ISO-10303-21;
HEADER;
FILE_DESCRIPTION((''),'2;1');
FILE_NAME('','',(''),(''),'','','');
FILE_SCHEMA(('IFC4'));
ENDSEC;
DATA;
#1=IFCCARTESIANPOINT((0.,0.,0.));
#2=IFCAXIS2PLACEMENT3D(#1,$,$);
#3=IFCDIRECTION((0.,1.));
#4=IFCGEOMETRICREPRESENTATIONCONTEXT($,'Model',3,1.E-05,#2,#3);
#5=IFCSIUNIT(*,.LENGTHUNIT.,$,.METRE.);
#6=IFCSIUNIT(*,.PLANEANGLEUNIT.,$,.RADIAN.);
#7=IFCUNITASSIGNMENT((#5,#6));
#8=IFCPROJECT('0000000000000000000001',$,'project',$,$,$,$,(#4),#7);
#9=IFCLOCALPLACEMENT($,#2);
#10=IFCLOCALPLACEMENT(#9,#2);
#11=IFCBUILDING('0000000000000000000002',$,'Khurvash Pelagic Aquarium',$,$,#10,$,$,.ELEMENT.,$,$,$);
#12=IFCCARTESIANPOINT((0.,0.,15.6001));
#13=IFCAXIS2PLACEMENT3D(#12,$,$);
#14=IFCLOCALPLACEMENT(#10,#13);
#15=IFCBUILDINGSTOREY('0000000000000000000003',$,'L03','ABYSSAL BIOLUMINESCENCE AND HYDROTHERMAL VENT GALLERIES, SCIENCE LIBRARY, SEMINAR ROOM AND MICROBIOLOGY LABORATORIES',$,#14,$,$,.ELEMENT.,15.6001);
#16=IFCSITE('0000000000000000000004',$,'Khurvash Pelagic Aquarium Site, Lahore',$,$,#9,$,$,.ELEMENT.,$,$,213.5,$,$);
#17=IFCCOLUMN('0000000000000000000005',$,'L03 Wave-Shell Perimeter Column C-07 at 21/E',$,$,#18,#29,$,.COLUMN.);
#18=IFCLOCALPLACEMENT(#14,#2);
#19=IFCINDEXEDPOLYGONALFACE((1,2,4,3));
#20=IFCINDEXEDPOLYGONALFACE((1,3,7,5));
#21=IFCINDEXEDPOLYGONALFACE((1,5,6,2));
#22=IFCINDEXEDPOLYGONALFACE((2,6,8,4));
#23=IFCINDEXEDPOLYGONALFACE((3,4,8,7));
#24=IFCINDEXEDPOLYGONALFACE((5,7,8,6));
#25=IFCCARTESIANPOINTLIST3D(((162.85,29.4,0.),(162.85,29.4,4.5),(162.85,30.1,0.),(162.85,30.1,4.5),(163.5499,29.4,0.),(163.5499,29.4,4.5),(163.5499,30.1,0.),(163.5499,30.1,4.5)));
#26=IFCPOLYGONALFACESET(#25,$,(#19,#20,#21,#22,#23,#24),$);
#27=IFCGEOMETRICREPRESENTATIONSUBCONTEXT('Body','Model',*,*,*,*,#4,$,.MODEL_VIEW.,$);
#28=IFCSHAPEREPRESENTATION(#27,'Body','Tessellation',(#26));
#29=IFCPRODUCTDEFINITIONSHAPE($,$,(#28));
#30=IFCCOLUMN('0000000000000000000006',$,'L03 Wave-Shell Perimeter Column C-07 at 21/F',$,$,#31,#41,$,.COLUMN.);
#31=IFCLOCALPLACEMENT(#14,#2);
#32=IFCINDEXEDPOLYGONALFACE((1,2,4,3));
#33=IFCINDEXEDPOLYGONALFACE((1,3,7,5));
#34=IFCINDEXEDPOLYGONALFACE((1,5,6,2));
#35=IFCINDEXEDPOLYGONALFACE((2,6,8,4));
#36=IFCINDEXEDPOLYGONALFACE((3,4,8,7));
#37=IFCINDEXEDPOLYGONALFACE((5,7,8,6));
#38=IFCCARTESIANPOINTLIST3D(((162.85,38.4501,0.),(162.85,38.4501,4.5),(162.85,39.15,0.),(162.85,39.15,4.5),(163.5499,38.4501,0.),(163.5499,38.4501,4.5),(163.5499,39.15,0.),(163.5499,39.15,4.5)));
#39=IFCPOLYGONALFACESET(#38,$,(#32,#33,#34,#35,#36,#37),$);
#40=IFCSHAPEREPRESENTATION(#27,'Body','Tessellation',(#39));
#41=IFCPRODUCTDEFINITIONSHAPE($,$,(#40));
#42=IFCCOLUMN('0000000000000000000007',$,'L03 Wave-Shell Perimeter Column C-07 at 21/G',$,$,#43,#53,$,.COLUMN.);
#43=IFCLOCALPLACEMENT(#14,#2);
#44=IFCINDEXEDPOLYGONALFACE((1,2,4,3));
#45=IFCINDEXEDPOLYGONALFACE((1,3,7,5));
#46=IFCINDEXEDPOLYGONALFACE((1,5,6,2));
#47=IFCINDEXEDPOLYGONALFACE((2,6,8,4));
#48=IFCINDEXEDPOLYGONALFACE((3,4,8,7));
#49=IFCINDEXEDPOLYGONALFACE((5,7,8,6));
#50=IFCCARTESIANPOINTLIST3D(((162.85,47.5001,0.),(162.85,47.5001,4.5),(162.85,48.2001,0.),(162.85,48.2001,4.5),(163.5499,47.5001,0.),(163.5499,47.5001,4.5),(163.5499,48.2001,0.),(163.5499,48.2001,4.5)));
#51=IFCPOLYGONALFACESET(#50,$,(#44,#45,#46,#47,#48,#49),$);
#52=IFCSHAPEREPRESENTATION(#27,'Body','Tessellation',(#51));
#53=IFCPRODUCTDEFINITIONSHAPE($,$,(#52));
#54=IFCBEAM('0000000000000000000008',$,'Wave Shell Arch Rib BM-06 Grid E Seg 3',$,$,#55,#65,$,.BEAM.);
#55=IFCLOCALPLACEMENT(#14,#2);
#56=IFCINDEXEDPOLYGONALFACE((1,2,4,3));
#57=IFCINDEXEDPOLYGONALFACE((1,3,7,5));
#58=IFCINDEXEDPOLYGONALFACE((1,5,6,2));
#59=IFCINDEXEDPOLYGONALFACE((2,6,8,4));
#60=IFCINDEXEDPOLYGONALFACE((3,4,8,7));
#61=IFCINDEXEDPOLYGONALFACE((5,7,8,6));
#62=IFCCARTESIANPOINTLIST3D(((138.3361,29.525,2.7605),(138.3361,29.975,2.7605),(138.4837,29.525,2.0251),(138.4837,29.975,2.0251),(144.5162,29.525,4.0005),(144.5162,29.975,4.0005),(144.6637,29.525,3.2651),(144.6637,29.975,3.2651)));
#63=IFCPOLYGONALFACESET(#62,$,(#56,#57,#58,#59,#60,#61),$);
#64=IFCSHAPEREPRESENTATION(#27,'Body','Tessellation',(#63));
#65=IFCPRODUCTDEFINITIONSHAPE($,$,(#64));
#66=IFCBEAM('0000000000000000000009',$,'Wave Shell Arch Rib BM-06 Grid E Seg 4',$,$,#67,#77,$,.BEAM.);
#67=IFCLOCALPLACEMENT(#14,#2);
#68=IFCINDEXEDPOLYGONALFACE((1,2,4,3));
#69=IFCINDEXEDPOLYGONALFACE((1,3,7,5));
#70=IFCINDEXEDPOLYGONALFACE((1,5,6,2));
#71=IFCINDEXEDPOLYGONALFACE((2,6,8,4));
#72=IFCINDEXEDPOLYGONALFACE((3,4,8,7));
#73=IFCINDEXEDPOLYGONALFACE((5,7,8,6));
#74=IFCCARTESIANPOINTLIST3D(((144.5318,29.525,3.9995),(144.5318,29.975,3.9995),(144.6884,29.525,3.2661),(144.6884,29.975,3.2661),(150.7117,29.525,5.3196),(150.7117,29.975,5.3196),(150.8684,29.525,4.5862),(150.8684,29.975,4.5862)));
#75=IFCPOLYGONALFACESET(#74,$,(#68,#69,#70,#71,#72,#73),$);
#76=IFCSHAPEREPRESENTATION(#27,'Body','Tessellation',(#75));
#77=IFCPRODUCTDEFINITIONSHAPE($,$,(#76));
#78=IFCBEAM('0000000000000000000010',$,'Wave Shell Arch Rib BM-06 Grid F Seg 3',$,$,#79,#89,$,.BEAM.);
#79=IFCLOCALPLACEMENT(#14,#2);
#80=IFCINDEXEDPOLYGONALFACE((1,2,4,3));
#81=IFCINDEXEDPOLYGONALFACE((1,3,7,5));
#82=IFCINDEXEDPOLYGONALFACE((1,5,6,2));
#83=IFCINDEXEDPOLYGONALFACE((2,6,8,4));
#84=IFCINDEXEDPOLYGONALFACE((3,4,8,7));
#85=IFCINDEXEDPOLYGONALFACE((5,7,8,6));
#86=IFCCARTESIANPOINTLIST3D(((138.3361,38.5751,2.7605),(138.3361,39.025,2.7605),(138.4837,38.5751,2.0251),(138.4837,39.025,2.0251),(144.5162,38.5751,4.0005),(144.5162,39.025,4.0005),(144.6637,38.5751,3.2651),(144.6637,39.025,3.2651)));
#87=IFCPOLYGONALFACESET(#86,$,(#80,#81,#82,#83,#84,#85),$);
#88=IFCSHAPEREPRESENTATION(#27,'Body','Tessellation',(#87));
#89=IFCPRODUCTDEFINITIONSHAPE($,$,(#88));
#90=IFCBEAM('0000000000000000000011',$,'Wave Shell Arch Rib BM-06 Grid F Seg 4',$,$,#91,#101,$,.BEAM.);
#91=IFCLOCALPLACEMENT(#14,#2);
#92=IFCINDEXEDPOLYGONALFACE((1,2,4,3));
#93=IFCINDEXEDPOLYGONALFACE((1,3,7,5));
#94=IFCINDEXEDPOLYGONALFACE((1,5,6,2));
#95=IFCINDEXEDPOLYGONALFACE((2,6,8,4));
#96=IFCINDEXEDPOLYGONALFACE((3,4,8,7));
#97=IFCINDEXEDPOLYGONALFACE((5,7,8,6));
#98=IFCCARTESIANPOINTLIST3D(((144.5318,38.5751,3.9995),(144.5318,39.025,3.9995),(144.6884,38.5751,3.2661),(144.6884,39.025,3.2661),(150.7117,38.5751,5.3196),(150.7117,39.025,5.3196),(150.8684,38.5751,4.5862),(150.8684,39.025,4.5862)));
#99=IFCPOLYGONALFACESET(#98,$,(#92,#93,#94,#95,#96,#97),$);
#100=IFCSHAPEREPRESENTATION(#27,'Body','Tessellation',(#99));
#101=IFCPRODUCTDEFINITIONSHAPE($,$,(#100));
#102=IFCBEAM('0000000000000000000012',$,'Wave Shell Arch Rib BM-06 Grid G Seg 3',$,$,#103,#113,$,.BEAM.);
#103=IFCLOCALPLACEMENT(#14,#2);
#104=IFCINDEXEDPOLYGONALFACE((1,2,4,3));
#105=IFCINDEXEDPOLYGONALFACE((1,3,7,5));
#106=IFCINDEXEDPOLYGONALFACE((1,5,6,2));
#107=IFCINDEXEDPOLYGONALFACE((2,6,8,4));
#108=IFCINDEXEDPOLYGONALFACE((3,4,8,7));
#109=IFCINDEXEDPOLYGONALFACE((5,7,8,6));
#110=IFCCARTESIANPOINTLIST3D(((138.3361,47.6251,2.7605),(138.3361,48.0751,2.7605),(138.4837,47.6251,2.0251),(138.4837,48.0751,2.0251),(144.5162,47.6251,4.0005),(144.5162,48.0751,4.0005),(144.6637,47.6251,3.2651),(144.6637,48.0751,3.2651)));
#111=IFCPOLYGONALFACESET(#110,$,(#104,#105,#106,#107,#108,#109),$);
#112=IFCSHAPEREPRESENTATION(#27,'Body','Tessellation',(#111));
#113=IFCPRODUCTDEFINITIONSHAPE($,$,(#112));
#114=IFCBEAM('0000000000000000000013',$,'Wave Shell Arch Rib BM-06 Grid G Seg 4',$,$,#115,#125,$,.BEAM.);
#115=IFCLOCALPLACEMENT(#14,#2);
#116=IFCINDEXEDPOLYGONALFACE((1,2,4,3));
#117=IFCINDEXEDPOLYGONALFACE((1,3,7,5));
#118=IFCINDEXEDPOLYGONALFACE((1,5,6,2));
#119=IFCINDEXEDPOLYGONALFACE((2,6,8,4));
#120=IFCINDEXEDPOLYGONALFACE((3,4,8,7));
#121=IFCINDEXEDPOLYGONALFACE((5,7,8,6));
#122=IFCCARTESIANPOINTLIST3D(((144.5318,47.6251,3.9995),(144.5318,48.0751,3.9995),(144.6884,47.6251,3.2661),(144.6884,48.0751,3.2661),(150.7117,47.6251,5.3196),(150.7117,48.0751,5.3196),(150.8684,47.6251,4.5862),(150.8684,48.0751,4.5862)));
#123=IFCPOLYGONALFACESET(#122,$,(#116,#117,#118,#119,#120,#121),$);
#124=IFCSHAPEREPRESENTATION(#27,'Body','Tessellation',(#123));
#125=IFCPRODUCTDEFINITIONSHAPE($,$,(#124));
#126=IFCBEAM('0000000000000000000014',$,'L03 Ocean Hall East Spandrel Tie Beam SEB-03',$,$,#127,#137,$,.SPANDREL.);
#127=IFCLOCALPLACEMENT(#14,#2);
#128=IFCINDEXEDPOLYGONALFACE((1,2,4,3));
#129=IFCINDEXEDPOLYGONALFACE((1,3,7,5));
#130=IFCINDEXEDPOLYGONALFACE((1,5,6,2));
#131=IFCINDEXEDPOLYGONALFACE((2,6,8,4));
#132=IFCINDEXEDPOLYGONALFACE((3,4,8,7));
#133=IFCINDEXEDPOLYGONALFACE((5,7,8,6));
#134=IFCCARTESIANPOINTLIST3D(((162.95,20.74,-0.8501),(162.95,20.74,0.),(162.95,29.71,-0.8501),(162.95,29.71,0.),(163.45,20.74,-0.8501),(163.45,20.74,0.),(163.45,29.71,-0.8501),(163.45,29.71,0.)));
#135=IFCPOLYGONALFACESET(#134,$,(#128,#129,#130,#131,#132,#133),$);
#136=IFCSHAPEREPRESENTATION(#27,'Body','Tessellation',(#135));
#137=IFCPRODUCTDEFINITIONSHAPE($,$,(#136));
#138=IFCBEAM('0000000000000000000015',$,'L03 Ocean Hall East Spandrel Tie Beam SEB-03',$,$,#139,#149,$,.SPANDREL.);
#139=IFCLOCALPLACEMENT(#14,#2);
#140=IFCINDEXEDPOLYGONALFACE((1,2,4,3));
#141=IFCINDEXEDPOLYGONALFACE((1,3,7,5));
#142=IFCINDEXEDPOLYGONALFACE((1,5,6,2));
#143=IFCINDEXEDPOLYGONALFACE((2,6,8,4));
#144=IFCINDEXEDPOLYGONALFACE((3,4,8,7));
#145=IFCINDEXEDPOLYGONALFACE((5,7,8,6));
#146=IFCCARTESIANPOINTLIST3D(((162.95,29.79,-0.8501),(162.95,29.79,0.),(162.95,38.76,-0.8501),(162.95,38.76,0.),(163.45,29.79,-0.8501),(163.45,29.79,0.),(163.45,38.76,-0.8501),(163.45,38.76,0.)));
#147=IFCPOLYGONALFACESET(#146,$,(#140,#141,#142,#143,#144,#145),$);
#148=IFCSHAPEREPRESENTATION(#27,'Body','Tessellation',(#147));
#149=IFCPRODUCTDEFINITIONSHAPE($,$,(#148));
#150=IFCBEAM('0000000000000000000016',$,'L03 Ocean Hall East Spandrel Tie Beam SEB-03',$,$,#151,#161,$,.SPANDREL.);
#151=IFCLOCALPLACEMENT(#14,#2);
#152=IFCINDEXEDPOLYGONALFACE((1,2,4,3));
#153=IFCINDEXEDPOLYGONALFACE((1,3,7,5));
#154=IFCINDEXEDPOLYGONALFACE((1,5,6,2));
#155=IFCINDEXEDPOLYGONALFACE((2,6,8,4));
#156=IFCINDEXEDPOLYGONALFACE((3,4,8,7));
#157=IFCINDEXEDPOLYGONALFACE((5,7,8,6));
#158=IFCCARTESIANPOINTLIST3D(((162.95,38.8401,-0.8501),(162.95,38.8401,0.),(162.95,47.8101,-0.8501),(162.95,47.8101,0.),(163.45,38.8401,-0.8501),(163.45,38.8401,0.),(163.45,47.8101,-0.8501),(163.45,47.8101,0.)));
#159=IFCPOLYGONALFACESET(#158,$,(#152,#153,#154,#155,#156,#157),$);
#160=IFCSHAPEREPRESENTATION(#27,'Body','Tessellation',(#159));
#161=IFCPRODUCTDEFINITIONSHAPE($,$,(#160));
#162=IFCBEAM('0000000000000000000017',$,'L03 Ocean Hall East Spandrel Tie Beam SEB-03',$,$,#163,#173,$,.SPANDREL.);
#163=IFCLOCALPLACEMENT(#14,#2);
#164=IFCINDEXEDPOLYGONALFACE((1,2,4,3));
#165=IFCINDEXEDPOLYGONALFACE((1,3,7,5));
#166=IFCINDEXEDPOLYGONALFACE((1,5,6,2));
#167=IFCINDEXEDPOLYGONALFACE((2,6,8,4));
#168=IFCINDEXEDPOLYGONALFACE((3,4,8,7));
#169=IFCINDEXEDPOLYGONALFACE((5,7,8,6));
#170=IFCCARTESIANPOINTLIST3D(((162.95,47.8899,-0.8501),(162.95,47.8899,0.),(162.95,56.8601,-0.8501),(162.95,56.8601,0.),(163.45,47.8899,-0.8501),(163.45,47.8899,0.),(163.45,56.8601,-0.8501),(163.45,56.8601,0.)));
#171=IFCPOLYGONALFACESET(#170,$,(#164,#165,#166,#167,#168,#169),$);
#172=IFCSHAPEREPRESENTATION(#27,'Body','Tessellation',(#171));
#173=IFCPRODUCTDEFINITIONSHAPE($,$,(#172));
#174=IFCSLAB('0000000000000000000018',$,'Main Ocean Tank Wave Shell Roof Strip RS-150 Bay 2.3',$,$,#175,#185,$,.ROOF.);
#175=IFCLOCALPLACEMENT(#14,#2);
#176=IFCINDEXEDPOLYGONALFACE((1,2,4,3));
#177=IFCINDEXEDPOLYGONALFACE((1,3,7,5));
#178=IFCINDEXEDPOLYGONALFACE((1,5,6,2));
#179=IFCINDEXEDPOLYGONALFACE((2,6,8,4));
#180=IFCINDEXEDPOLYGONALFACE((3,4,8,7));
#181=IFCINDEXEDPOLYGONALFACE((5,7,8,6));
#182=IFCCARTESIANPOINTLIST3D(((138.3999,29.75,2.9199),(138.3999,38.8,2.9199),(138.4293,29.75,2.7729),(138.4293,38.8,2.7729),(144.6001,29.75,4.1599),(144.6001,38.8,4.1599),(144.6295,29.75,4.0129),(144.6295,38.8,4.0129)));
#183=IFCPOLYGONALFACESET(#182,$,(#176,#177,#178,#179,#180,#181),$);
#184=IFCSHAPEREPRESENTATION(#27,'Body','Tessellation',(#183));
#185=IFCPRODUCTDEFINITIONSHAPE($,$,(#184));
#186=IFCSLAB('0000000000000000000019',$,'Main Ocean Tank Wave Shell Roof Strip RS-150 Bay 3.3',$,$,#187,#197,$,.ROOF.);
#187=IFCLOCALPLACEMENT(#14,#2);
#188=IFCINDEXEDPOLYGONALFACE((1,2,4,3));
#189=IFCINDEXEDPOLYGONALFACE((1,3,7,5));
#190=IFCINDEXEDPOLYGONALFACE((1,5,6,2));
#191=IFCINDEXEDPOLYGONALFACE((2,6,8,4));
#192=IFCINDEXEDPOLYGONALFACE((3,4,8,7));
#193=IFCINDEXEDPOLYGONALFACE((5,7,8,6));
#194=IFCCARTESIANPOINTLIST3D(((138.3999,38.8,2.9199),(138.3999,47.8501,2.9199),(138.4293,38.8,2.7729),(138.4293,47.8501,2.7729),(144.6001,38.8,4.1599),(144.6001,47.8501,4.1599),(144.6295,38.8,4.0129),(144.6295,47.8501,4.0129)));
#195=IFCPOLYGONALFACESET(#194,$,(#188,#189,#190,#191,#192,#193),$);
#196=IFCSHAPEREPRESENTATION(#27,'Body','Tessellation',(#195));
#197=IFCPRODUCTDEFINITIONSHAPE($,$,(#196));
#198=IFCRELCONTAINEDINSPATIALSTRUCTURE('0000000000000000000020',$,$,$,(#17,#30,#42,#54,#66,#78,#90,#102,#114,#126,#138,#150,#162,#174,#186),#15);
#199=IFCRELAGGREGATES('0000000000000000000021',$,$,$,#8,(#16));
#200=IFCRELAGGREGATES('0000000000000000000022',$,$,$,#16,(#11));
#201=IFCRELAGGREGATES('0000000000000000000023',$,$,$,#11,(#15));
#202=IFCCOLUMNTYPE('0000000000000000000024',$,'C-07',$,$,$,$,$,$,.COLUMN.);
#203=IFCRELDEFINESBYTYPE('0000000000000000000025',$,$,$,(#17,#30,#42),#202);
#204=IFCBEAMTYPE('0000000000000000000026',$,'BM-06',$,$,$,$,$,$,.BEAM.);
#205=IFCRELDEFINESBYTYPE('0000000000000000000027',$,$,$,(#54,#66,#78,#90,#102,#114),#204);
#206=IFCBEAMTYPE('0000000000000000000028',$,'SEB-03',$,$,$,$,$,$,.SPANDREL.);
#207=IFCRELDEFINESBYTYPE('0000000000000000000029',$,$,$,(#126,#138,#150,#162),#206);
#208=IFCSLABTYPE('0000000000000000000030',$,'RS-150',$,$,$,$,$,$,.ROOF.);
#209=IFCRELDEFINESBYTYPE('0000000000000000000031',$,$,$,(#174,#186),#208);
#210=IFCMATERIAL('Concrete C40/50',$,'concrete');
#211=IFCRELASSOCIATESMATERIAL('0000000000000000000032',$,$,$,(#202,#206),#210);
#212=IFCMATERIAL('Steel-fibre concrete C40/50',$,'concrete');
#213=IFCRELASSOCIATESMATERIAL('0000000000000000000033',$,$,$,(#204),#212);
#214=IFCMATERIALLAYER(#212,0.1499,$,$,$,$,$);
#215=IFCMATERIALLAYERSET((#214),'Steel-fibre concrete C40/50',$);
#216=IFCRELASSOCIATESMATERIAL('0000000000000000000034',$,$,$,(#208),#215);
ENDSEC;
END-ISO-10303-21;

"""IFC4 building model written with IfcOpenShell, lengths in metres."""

from ifc_helpers import new_model, si_unit, direction, frame, origin, origin_2d, place, context, subcontext, project, spatial, polyline, rectangle, outline, extrude, material, layer, layer_set, material_profile, profile_set, type_object, element, save


model = new_model("IFC4")

# Units and contexts
model_context = context("Model", 3, precision=1e-05, world=origin(), true_north=direction((0.0, 1.0)))
body_context = subcontext(model_context, "Body", "Model", "MODEL_VIEW")
ifc_project = project(units=[si_unit("LENGTHUNIT", "METRE"), si_unit("PLANEANGLEUNIT", "RADIAN")], contexts=[model_context])

# Site, building, storey
site_placement = place(None, origin())
site = spatial("IfcSite", under=ifc_project, at=site_placement, Name="Khurvash Pelagic Aquarium Site, Lahore", CompositionType="ELEMENT", RefElevation=213.5)
building_placement = place(site_placement, origin())
building = spatial("IfcBuilding", under=site, at=building_placement, Name="Khurvash Pelagic Aquarium", CompositionType="ELEMENT")
storey_placement = place(building_placement, frame((0.0, 0.0, 15.6001)))
storey = spatial("IfcBuildingStorey", under=building, at=storey_placement, Name="L03", Description="ABYSSAL BIOLUMINESCENCE AND HYDROTHERMAL VENT GALLERIES, SCIENCE LIBRARY, SEMINAR ROOM AND MICROBIOLOGY LABORATORIES", CompositionType="ELEMENT", Elevation=15.6001)

# Columns
ifc_material_1 = material(Name="Concrete C40/50", Category="concrete")
ifc_material_profile_1 = material_profile(ifc_material_1, rectangle(XDim=0.7, YDim=0.7, at=origin_2d()), Name="RC700X700")
ifc_profile_set_1 = profile_set([ifc_material_profile_1], Name="Concrete C40/50")
column_type = type_object("IfcColumnType", Name="C-07", PredefinedType="COLUMN", material=ifc_profile_set_1)
for number, where, z_axis, x_axis, name in (
    (1, (163.2, 29.75, 0.0), (0.0, 0.0, 1.0), (1.0, 0.0, 0.0), "L03 Wave-Shell Perimeter Column C-07 at 21/E"),
    (2, (163.2, 38.8, 0.0), (0.0, 0.0, 1.0), (1.0, 0.0, 0.0), "L03 Wave-Shell Perimeter Column C-07 at 21/F"),
    (3, (163.2, 47.8501, 0.0), (0.0, 0.0, 1.0), (1.0, 0.0, 0.0), "L03 Wave-Shell Perimeter Column C-07 at 21/G"),
):
    element("IfcColumn", number, at=place(storey_placement, frame(where, z_axis=z_axis, x_axis=x_axis)), inside=storey, type_object=column_type, Name=name, PredefinedType="COLUMN", context=body_context, shape_type="SweptSolid", body=[
        extrude(rectangle(XDim=0.7, YDim=0.7, at=origin_2d()), origin(), (0.0, 0.0, 1.0), 4.5),
    ])

# Beams
ifc_material_2 = material(Name="Steel-fibre concrete C40/50", Category="concrete")
ifc_material_profile_2 = material_profile(ifc_material_2, rectangle(XDim=0.45, YDim=0.75, at=origin_2d()), Name="RC450X750")
ifc_profile_set_2 = profile_set([ifc_material_profile_2], Name="Steel-fibre concrete C40/50")
beam_type_1 = type_object("IfcBeamType", Name="BM-06", PredefinedType="BEAM", material=ifc_profile_set_2)
beam_1_placement = place(storey_placement, frame((138.4099, 29.75, 2.3928), z_axis=(0.98046, 0.0, 0.196719), x_axis=(0.0, 1.0, 0.0)))
element("IfcBeam", 4, at=beam_1_placement, inside=storey, type_object=beam_type_1, Name="Wave Shell Arch Rib BM-06 Grid E Seg 3", PredefinedType="BEAM", context=body_context, shape_type="SweptSolid", body=[
    extrude(rectangle(XDim=0.45, YDim=0.75, at=origin_2d()), origin(), (0.0, 0.0, 1.0), 6.3032),
])
beam_2_placement = place(storey_placement, frame((144.6101, 29.75, 3.6328), z_axis=(0.977938, 0.0, 0.208893), x_axis=(0.0, 1.0, 0.0)))
element("IfcBeam", 5, at=beam_2_placement, inside=storey, type_object=beam_type_1, Name="Wave Shell Arch Rib BM-06 Grid E Seg 4", PredefinedType="BEAM", context=body_context, shape_type="SweptSolid", body=[
    extrude(rectangle(XDim=0.45, YDim=0.75, at=origin_2d()), origin(), (0.0, 0.0, 1.0), 6.3193),
])
beam_3_placement = place(storey_placement, frame((138.4099, 38.8, 2.3928), z_axis=(0.98046, 0.0, 0.196719), x_axis=(0.0, 1.0, 0.0)))
element("IfcBeam", 6, at=beam_3_placement, inside=storey, type_object=beam_type_1, Name="Wave Shell Arch Rib BM-06 Grid F Seg 3", PredefinedType="BEAM", context=body_context, shape_type="SweptSolid", body=[
    extrude(rectangle(XDim=0.45, YDim=0.75, at=origin_2d()), origin(), (0.0, 0.0, 1.0), 6.3032),
])
beam_4_placement = place(storey_placement, frame((144.6101, 38.8, 3.6328), z_axis=(0.977938, 0.0, 0.208893), x_axis=(0.0, 1.0, 0.0)))
element("IfcBeam", 7, at=beam_4_placement, inside=storey, type_object=beam_type_1, Name="Wave Shell Arch Rib BM-06 Grid F Seg 4", PredefinedType="BEAM", context=body_context, shape_type="SweptSolid", body=[
    extrude(rectangle(XDim=0.45, YDim=0.75, at=origin_2d()), origin(), (0.0, 0.0, 1.0), 6.3193),
])
beam_5_placement = place(storey_placement, frame((138.4099, 47.8501, 2.3928), z_axis=(0.98046, 0.0, 0.196719), x_axis=(0.0, 1.0, 0.0)))
element("IfcBeam", 8, at=beam_5_placement, inside=storey, type_object=beam_type_1, Name="Wave Shell Arch Rib BM-06 Grid G Seg 3", PredefinedType="BEAM", context=body_context, shape_type="SweptSolid", body=[
    extrude(rectangle(XDim=0.45, YDim=0.75, at=origin_2d()), origin(), (0.0, 0.0, 1.0), 6.3032),
])
beam_6_placement = place(storey_placement, frame((144.6101, 47.8501, 3.6328), z_axis=(0.977938, 0.0, 0.208893), x_axis=(0.0, 1.0, 0.0)))
element("IfcBeam", 9, at=beam_6_placement, inside=storey, type_object=beam_type_1, Name="Wave Shell Arch Rib BM-06 Grid G Seg 4", PredefinedType="BEAM", context=body_context, shape_type="SweptSolid", body=[
    extrude(rectangle(XDim=0.45, YDim=0.75, at=origin_2d()), origin(), (0.0, 0.0, 1.0), 6.3193),
])
ifc_material_profile_3 = material_profile(ifc_material_1, rectangle(XDim=0.5, YDim=0.8501, at=origin_2d()), Name="RC500X850")
ifc_profile_set_3 = profile_set([ifc_material_profile_3], Name="Concrete C40/50")
beam_type_2 = type_object("IfcBeamType", Name="SEB-03", PredefinedType="SPANDREL", material=ifc_profile_set_3)
for number, where, z_axis, x_axis, name in (
    (10, (163.2, 20.74, -0.425), (0.0, 1.0, 0.0), (-1.0, 0.0, 0.0), "L03 Ocean Hall East Spandrel Tie Beam SEB-03"),
    (11, (163.2, 29.79, -0.425), (0.0, 1.0, 0.0), (-1.0, 0.0, 0.0), "L03 Ocean Hall East Spandrel Tie Beam SEB-03"),
    (12, (163.2, 38.8401, -0.425), (0.0, 1.0, 0.0), (-1.0, 0.0, 0.0), "L03 Ocean Hall East Spandrel Tie Beam SEB-03"),
):
    element("IfcBeam", number, at=place(storey_placement, frame(where, z_axis=z_axis, x_axis=x_axis)), inside=storey, type_object=beam_type_2, Name=name, PredefinedType="SPANDREL", context=body_context, shape_type="SweptSolid", body=[
        extrude(rectangle(XDim=0.5, YDim=0.8501, at=origin_2d()), origin(), (0.0, 0.0, 1.0), 8.97),
    ])
beam_7_placement = place(storey_placement, frame((163.2, 47.8899, -0.425), z_axis=(0.0, 1.0, 0.0), x_axis=(-1.0, 0.0, 0.0)))
element("IfcBeam", 13, at=beam_7_placement, inside=storey, type_object=beam_type_2, Name="L03 Ocean Hall East Spandrel Tie Beam SEB-03", PredefinedType="SPANDREL", context=body_context, shape_type="SweptSolid", body=[
    extrude(rectangle(XDim=0.5, YDim=0.8501, at=origin_2d()), origin(), (0.0, 0.0, 1.0), 8.9702),
])

# Slabs
ifc_layer_1 = layer(ifc_material_2, 0.1499)
ifc_layer_set_1 = layer_set([ifc_layer_1], Name="Steel-fibre concrete C40/50")
slab_type = type_object("IfcSlabType", Name="RS-150", PredefinedType="ROOF", material=ifc_layer_set_1)
for number, where, z_axis, x_axis, name in (
    (14, (138.3999, 29.75, 2.9199), (-0.196109, 0.0, 0.980582), (0.980582, 0.0, 0.196109), "Main Ocean Tank Wave Shell Roof Strip RS-150 Bay 2.3"),
    (15, (138.3999, 38.8, 2.9199), (-0.196109, 0.0, 0.980582), (0.980582, 0.0, 0.196109), "Main Ocean Tank Wave Shell Roof Strip RS-150 Bay 3.3"),
):
    element("IfcSlab", number, at=place(storey_placement, frame(where, z_axis=z_axis, x_axis=x_axis)), inside=storey, type_object=slab_type, Name=name, PredefinedType="ROOF", context=body_context, shape_type="SweptSolid", body=[
        extrude(outline(polyline([(0.0, 0.0), (6.323, 0.0), (6.323, 9.05), (0.0, 9.05), (0.0, 0.0)])), origin(), (0.0, 0.0, -1.0), 0.1499),
    ])

save(model, "model.ifc")
